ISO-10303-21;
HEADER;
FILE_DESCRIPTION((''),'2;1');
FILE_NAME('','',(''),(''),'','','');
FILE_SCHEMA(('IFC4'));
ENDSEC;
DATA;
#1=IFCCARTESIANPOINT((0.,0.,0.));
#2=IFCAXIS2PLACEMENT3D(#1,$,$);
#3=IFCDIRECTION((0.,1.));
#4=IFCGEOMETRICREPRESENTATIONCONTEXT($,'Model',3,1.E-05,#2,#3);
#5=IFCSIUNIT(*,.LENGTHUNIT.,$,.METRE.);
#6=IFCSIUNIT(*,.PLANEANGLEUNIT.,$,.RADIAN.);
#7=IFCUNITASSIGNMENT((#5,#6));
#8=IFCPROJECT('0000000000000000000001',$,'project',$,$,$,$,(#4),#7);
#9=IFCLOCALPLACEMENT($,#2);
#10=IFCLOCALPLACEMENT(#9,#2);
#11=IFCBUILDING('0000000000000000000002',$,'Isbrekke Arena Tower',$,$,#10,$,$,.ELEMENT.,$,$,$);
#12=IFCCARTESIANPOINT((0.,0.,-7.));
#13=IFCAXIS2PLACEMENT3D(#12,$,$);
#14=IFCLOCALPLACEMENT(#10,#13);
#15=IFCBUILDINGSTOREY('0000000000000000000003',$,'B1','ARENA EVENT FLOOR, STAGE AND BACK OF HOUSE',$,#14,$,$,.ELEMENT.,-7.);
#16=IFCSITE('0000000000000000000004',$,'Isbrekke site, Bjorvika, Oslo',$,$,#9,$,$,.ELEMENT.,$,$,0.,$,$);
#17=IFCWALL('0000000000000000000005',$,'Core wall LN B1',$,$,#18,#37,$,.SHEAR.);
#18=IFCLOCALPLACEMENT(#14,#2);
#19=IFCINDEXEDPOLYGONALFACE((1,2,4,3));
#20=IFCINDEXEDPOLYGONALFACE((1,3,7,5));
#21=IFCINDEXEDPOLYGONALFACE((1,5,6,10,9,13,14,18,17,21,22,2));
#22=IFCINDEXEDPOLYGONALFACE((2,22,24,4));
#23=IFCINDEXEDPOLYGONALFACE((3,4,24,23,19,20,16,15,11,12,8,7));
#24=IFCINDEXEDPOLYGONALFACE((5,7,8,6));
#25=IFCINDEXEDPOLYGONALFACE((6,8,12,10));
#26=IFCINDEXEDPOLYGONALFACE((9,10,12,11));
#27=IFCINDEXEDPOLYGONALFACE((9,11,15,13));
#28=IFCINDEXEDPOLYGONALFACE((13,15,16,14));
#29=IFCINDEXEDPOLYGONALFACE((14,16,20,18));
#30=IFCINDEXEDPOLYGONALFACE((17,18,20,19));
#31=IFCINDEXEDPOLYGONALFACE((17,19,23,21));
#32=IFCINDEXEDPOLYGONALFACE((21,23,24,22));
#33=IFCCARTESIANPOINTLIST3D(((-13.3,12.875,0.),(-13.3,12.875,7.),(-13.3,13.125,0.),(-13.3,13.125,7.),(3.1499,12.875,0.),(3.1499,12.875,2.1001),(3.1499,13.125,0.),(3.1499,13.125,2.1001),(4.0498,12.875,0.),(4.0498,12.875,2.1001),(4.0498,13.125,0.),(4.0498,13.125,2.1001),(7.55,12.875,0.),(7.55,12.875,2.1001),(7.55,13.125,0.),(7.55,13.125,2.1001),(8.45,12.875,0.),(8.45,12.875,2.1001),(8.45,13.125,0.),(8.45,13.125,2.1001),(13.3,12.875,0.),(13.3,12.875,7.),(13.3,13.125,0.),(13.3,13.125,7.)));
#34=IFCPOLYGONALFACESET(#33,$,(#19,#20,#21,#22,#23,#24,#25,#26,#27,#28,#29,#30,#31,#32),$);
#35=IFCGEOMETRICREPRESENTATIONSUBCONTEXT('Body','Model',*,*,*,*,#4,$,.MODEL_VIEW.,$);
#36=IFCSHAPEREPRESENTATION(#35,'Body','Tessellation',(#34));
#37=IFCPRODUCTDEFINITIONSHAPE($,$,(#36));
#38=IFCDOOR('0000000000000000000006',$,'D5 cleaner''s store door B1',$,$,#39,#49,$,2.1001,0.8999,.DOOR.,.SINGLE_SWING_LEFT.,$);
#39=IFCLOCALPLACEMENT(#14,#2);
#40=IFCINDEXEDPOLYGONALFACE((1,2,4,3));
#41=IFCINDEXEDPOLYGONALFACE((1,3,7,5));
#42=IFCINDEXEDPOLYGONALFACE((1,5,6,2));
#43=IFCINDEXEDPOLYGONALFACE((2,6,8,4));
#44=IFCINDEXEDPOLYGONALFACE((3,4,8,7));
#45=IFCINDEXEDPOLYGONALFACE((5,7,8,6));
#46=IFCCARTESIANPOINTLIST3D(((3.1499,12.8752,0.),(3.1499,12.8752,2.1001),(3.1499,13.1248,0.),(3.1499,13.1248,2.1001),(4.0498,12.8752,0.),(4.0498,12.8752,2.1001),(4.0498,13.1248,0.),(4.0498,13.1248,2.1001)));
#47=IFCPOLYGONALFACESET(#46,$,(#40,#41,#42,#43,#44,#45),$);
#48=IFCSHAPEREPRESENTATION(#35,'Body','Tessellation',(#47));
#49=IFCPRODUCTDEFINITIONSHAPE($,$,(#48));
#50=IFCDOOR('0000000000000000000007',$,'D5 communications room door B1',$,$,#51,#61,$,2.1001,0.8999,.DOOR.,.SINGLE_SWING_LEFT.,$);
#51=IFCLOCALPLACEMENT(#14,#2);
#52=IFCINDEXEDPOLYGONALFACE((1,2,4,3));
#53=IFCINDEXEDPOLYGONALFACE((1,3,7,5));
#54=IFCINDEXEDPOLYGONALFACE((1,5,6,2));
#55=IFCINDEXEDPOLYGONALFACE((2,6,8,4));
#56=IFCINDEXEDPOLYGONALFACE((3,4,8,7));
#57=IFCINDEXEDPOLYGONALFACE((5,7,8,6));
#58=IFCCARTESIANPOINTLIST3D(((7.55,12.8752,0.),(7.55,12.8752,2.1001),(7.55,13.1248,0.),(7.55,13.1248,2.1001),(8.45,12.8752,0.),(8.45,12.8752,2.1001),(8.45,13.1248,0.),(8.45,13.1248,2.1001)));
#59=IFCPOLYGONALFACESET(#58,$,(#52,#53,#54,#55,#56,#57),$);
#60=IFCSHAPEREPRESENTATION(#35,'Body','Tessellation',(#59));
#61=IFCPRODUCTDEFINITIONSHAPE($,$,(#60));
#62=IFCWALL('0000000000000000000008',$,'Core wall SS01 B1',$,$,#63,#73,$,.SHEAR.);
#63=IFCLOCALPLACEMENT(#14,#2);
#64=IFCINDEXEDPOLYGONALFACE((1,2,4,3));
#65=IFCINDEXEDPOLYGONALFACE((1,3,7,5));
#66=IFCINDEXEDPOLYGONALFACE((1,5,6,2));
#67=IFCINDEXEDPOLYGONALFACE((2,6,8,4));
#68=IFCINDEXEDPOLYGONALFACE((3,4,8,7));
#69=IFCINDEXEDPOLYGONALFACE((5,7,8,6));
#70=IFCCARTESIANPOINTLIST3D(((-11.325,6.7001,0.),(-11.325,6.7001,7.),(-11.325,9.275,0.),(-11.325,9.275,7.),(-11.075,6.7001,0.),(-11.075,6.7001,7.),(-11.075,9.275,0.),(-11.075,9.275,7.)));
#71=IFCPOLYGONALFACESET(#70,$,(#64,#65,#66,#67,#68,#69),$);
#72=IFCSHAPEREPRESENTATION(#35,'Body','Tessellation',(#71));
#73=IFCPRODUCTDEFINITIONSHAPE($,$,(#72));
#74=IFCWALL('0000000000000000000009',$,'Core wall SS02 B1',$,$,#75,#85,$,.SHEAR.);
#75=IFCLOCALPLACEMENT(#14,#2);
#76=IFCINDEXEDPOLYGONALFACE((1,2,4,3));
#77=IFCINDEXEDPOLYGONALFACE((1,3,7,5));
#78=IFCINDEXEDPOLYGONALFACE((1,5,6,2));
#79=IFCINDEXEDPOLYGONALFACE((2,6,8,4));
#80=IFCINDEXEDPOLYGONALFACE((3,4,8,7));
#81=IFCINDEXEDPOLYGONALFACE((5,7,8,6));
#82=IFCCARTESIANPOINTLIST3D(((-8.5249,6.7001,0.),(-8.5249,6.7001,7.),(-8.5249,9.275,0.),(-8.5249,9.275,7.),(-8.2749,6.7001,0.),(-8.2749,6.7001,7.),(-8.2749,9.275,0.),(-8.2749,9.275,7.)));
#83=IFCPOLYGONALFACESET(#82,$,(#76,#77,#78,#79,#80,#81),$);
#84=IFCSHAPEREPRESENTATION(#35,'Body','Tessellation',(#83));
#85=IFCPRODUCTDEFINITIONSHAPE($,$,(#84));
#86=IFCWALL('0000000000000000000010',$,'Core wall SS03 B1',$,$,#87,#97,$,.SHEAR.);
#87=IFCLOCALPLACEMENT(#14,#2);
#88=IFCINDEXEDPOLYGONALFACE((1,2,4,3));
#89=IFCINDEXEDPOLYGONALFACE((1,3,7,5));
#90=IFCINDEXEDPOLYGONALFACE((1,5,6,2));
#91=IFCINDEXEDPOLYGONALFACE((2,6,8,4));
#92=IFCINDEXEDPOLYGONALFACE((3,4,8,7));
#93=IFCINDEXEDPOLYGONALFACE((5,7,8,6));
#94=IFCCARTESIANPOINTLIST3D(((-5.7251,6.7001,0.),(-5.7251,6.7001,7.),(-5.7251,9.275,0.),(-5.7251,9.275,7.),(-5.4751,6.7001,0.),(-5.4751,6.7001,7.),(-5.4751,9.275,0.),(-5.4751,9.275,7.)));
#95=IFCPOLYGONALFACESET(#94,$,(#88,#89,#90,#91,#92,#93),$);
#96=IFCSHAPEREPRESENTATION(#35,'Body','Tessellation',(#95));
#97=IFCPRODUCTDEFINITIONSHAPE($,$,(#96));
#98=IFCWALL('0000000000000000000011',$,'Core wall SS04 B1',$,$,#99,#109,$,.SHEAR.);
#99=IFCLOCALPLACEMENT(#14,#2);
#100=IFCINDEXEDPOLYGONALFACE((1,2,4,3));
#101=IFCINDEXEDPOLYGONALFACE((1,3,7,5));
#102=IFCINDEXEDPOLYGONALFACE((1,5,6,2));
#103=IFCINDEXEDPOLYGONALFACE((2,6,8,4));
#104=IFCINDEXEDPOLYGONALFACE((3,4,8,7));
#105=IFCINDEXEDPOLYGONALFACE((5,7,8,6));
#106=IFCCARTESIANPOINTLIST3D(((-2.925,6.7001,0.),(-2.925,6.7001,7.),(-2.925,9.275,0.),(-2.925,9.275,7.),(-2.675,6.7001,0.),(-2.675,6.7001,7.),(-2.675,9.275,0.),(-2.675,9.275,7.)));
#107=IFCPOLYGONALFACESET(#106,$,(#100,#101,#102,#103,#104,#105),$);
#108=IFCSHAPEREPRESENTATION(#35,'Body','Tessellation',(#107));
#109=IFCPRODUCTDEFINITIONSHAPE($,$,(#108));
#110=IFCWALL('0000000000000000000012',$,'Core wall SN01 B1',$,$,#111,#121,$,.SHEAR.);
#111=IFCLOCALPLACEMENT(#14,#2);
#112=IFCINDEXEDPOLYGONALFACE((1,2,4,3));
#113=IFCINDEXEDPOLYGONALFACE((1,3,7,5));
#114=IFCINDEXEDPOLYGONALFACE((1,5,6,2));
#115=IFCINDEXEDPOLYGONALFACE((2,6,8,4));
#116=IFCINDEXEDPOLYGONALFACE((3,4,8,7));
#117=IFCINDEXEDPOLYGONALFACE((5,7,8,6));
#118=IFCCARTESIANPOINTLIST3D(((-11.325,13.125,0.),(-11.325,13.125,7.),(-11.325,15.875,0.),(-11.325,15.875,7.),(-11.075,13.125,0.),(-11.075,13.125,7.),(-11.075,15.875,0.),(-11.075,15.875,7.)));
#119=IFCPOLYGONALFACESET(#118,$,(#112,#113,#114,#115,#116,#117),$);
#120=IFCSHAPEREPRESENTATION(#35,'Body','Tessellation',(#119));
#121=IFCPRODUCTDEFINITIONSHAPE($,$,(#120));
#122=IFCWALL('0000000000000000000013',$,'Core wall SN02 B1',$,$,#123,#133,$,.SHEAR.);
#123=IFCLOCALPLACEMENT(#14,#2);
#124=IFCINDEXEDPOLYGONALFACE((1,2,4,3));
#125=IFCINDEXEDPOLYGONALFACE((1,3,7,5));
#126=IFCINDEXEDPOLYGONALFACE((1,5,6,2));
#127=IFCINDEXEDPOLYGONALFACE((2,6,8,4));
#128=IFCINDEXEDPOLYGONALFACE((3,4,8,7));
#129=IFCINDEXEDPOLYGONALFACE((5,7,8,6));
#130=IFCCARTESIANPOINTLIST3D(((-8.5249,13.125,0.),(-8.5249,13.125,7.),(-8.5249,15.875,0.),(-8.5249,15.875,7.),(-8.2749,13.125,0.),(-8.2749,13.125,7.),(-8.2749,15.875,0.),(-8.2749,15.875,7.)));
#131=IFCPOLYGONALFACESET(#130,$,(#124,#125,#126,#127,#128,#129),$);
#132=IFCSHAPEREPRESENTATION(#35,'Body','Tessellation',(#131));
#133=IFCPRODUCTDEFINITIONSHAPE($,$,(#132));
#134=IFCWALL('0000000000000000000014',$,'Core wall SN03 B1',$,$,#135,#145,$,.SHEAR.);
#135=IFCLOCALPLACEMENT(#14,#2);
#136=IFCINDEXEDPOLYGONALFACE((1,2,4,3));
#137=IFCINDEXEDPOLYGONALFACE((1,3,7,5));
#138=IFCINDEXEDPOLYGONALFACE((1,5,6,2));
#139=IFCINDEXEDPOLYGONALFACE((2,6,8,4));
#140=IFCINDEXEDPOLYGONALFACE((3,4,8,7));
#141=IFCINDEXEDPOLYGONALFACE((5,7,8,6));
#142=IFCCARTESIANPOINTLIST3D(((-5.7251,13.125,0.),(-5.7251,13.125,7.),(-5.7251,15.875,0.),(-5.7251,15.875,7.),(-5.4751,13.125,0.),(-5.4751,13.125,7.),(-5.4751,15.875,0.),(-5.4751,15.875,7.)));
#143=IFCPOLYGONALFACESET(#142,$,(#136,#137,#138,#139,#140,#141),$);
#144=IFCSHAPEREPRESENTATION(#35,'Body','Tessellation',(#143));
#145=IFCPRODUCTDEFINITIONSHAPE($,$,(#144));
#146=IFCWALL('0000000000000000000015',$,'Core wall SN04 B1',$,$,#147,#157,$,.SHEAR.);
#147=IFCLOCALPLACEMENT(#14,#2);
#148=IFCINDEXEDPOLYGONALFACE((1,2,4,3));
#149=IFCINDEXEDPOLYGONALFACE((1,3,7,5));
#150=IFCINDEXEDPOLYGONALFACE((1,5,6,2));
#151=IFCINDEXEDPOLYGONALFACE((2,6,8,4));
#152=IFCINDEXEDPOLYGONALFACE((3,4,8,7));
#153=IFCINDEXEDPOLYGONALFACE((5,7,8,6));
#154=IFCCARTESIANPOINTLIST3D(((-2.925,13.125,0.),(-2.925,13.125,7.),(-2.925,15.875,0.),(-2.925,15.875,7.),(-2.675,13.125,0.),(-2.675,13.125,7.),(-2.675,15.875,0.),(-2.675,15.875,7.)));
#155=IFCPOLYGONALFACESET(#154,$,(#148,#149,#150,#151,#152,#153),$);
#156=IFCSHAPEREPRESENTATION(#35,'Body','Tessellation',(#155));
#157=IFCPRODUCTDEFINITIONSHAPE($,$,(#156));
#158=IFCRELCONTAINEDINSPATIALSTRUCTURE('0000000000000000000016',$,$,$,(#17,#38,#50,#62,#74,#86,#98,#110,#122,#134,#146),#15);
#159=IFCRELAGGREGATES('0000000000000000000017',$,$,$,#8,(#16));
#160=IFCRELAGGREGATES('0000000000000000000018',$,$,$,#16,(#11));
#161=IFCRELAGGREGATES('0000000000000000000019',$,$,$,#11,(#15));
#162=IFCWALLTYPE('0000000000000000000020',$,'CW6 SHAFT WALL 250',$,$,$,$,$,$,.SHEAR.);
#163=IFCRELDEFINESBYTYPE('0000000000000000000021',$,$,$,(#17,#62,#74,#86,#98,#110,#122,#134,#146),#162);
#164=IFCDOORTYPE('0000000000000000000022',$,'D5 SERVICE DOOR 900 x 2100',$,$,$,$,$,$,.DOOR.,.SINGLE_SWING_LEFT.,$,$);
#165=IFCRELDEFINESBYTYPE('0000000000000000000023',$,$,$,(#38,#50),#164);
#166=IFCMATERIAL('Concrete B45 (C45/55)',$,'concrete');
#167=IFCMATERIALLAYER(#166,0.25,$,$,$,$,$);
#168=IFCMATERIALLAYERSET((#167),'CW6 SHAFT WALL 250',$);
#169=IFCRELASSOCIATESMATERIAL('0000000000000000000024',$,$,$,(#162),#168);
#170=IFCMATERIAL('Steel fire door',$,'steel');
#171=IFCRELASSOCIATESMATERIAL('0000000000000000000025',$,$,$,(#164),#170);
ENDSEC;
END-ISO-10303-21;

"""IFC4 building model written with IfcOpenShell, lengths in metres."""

from ifc_helpers import new_model, si_unit, direction, frame, frame_2d, origin, place, context, subcontext, project, spatial, rectangle, extrude, material, layer, layer_set, type_object, element, fill, save


model = new_model("IFC4")

# Units and contexts
model_context = context("Model", 3, precision=1e-05, world=origin(), true_north=direction((0.0, 1.0)))
body_context = subcontext(model_context, "Body", "Model", "MODEL_VIEW")
ifc_project = project(units=[si_unit("LENGTHUNIT", "METRE"), si_unit("PLANEANGLEUNIT", "RADIAN")], contexts=[model_context])

# Site, building, storey
site_placement = place(None, origin())
site = spatial("IfcSite", under=ifc_project, at=site_placement, Name="Isbrekke site, Bjorvika, Oslo", CompositionType="ELEMENT", RefElevation=0.0)
building_placement = place(site_placement, origin())
building = spatial("IfcBuilding", under=site, at=building_placement, Name="Isbrekke Arena Tower", CompositionType="ELEMENT")
storey_placement = place(building_placement, frame((0.0, 0.0, -7.0)))
storey = spatial("IfcBuildingStorey", under=building, at=storey_placement, Name="B1", Description="ARENA EVENT FLOOR, STAGE AND BACK OF HOUSE", CompositionType="ELEMENT", Elevation=-7.0)

# Shared definitions
ifc_material_1 = material(Name="Concrete B45 (C45/55)", Category="concrete")
ifc_layer_1 = layer(ifc_material_1, 0.25)
ifc_layer_set_1 = layer_set([ifc_layer_1], Name="CW6 SHAFT WALL 250")
wall_type_1 = type_object("IfcWallType", Name="CW6 SHAFT WALL 250", PredefinedType="SHEAR", material=ifc_layer_set_1)

# Wall, openings, doors
wall_1_placement = place(storey_placement, frame((-13.3, 13.0, 0.0), z_axis=(0.0, 0.0, 1.0), x_axis=(1.0, 0.0, 0.0)))
wall_1 = element("IfcWall", 1, at=wall_1_placement, inside=storey, type_object=wall_type_1, Name="Core wall LN B1", PredefinedType="SHEAR", context=body_context, shape_type="SweptSolid", body=[
    extrude(rectangle(XDim=26.6001, YDim=0.25, at=frame_2d((13.3, 0.0))), origin(), (0.0, 0.0, 1.0), 7.0),
])
opening_1_placement = place(wall_1_placement, frame((16.45, 0.0, 0.0)))
opening_1 = element("IfcOpeningElement", 2, at=opening_1_placement, cuts=wall_1, PredefinedType="OPENING", context=body_context, shape_type="SweptSolid", body=[
    extrude(rectangle(XDim=0.8999, YDim=2.1001, at=frame_2d((0.45, 1.05))), frame((0.0, 0.1399, 0.0), z_axis=(0.0, -1.0, 0.0), x_axis=(1.0, 0.0, 0.0)), (0.0, 0.0, 1.0), 0.2798),
])
opening_2_placement = place(wall_1_placement, frame((20.8501, 0.0, 0.0)))
opening_2 = element("IfcOpeningElement", 3, at=opening_2_placement, cuts=wall_1, PredefinedType="OPENING", context=body_context, shape_type="SweptSolid", body=[
    extrude(rectangle(XDim=0.8999, YDim=2.1001, at=frame_2d((0.45, 1.05))), frame((0.0, 0.1399, 0.0), z_axis=(0.0, -1.0, 0.0), x_axis=(1.0, 0.0, 0.0)), (0.0, 0.0, 1.0), 0.2798),
])
ifc_material_2 = material(Name="Steel fire door", Category="steel")
door_type = type_object("IfcDoorType", Name="D5 SERVICE DOOR 900 x 2100", OperationType="SINGLE_SWING_LEFT", PredefinedType="DOOR", material=ifc_material_2)
door_1_placement = place(opening_1_placement, origin())
door_1 = element("IfcDoor", 4, at=door_1_placement, inside=storey, type_object=door_type, Name="D5 cleaner's store door B1", OperationType="SINGLE_SWING_LEFT", OverallHeight=2.1001, OverallWidth=0.8999, PredefinedType="DOOR", context=body_context, shape_type="SweptSolid", body=[
    extrude(rectangle(XDim=0.8999, YDim=2.1001, at=frame_2d((0.45, 1.05))), frame((0.0, 0.1248, 0.0), z_axis=(0.0, -1.0, 0.0), x_axis=(1.0, 0.0, 0.0)), (0.0, 0.0, 1.0), 0.2495),
])
fill(opening_1, door_1)
door_2_placement = place(opening_2_placement, origin())
door_2 = element("IfcDoor", 5, at=door_2_placement, inside=storey, type_object=door_type, Name="D5 communications room door B1", OperationType="SINGLE_SWING_LEFT", OverallHeight=2.1001, OverallWidth=0.8999, PredefinedType="DOOR", context=body_context, shape_type="SweptSolid", body=[
    extrude(rectangle(XDim=0.8999, YDim=2.1001, at=frame_2d((0.45, 1.05))), frame((0.0, 0.1248, 0.0), z_axis=(0.0, -1.0, 0.0), x_axis=(1.0, 0.0, 0.0)), (0.0, 0.0, 1.0), 0.2495),
])
fill(opening_2, door_2)

# Walls
for number, where, z_axis, x_axis, name in (
    (6, (-11.2, 6.7, 0.0), (0.0, 0.0, 1.0), (0.0, 1.0, 0.0), "Core wall SS01 B1"),
    (7, (-8.3999, 6.7, 0.0), (0.0, 0.0, 1.0), (0.0, 1.0, 0.0), "Core wall SS02 B1"),
    (8, (-5.6001, 6.7, 0.0), (0.0, 0.0, 1.0), (0.0, 1.0, 0.0), "Core wall SS03 B1"),
    (9, (-2.8, 6.7, 0.0), (0.0, 0.0, 1.0), (0.0, 1.0, 0.0), "Core wall SS04 B1"),
):
    element("IfcWall", number, at=place(storey_placement, frame(where, z_axis=z_axis, x_axis=x_axis)), inside=storey, type_object=wall_type_1, Name=name, PredefinedType="SHEAR", context=body_context, shape_type="SweptSolid", body=[
        extrude(rectangle(XDim=2.575, YDim=0.25, at=frame_2d((1.2876, 0.0))), origin(), (0.0, 0.0, 1.0), 7.0),
    ])
for number, where, z_axis, x_axis, name in (
    (10, (-11.2, 13.125, 0.0), (0.0, 0.0, 1.0), (0.0, 1.0, 0.0), "Core wall SN01 B1"),
    (11, (-8.3999, 13.125, 0.0), (0.0, 0.0, 1.0), (0.0, 1.0, 0.0), "Core wall SN02 B1"),
    (12, (-5.6001, 13.125, 0.0), (0.0, 0.0, 1.0), (0.0, 1.0, 0.0), "Core wall SN03 B1"),
    (13, (-2.8, 13.125, 0.0), (0.0, 0.0, 1.0), (0.0, 1.0, 0.0), "Core wall SN04 B1"),
):
    element("IfcWall", number, at=place(storey_placement, frame(where, z_axis=z_axis, x_axis=x_axis)), inside=storey, type_object=wall_type_1, Name=name, PredefinedType="SHEAR", context=body_context, shape_type="SweptSolid", body=[
        extrude(rectangle(XDim=2.75, YDim=0.25, at=frame_2d((1.375, 0.0))), origin(), (0.0, 0.0, 1.0), 7.0),
    ])

save(model, "model.ifc")
